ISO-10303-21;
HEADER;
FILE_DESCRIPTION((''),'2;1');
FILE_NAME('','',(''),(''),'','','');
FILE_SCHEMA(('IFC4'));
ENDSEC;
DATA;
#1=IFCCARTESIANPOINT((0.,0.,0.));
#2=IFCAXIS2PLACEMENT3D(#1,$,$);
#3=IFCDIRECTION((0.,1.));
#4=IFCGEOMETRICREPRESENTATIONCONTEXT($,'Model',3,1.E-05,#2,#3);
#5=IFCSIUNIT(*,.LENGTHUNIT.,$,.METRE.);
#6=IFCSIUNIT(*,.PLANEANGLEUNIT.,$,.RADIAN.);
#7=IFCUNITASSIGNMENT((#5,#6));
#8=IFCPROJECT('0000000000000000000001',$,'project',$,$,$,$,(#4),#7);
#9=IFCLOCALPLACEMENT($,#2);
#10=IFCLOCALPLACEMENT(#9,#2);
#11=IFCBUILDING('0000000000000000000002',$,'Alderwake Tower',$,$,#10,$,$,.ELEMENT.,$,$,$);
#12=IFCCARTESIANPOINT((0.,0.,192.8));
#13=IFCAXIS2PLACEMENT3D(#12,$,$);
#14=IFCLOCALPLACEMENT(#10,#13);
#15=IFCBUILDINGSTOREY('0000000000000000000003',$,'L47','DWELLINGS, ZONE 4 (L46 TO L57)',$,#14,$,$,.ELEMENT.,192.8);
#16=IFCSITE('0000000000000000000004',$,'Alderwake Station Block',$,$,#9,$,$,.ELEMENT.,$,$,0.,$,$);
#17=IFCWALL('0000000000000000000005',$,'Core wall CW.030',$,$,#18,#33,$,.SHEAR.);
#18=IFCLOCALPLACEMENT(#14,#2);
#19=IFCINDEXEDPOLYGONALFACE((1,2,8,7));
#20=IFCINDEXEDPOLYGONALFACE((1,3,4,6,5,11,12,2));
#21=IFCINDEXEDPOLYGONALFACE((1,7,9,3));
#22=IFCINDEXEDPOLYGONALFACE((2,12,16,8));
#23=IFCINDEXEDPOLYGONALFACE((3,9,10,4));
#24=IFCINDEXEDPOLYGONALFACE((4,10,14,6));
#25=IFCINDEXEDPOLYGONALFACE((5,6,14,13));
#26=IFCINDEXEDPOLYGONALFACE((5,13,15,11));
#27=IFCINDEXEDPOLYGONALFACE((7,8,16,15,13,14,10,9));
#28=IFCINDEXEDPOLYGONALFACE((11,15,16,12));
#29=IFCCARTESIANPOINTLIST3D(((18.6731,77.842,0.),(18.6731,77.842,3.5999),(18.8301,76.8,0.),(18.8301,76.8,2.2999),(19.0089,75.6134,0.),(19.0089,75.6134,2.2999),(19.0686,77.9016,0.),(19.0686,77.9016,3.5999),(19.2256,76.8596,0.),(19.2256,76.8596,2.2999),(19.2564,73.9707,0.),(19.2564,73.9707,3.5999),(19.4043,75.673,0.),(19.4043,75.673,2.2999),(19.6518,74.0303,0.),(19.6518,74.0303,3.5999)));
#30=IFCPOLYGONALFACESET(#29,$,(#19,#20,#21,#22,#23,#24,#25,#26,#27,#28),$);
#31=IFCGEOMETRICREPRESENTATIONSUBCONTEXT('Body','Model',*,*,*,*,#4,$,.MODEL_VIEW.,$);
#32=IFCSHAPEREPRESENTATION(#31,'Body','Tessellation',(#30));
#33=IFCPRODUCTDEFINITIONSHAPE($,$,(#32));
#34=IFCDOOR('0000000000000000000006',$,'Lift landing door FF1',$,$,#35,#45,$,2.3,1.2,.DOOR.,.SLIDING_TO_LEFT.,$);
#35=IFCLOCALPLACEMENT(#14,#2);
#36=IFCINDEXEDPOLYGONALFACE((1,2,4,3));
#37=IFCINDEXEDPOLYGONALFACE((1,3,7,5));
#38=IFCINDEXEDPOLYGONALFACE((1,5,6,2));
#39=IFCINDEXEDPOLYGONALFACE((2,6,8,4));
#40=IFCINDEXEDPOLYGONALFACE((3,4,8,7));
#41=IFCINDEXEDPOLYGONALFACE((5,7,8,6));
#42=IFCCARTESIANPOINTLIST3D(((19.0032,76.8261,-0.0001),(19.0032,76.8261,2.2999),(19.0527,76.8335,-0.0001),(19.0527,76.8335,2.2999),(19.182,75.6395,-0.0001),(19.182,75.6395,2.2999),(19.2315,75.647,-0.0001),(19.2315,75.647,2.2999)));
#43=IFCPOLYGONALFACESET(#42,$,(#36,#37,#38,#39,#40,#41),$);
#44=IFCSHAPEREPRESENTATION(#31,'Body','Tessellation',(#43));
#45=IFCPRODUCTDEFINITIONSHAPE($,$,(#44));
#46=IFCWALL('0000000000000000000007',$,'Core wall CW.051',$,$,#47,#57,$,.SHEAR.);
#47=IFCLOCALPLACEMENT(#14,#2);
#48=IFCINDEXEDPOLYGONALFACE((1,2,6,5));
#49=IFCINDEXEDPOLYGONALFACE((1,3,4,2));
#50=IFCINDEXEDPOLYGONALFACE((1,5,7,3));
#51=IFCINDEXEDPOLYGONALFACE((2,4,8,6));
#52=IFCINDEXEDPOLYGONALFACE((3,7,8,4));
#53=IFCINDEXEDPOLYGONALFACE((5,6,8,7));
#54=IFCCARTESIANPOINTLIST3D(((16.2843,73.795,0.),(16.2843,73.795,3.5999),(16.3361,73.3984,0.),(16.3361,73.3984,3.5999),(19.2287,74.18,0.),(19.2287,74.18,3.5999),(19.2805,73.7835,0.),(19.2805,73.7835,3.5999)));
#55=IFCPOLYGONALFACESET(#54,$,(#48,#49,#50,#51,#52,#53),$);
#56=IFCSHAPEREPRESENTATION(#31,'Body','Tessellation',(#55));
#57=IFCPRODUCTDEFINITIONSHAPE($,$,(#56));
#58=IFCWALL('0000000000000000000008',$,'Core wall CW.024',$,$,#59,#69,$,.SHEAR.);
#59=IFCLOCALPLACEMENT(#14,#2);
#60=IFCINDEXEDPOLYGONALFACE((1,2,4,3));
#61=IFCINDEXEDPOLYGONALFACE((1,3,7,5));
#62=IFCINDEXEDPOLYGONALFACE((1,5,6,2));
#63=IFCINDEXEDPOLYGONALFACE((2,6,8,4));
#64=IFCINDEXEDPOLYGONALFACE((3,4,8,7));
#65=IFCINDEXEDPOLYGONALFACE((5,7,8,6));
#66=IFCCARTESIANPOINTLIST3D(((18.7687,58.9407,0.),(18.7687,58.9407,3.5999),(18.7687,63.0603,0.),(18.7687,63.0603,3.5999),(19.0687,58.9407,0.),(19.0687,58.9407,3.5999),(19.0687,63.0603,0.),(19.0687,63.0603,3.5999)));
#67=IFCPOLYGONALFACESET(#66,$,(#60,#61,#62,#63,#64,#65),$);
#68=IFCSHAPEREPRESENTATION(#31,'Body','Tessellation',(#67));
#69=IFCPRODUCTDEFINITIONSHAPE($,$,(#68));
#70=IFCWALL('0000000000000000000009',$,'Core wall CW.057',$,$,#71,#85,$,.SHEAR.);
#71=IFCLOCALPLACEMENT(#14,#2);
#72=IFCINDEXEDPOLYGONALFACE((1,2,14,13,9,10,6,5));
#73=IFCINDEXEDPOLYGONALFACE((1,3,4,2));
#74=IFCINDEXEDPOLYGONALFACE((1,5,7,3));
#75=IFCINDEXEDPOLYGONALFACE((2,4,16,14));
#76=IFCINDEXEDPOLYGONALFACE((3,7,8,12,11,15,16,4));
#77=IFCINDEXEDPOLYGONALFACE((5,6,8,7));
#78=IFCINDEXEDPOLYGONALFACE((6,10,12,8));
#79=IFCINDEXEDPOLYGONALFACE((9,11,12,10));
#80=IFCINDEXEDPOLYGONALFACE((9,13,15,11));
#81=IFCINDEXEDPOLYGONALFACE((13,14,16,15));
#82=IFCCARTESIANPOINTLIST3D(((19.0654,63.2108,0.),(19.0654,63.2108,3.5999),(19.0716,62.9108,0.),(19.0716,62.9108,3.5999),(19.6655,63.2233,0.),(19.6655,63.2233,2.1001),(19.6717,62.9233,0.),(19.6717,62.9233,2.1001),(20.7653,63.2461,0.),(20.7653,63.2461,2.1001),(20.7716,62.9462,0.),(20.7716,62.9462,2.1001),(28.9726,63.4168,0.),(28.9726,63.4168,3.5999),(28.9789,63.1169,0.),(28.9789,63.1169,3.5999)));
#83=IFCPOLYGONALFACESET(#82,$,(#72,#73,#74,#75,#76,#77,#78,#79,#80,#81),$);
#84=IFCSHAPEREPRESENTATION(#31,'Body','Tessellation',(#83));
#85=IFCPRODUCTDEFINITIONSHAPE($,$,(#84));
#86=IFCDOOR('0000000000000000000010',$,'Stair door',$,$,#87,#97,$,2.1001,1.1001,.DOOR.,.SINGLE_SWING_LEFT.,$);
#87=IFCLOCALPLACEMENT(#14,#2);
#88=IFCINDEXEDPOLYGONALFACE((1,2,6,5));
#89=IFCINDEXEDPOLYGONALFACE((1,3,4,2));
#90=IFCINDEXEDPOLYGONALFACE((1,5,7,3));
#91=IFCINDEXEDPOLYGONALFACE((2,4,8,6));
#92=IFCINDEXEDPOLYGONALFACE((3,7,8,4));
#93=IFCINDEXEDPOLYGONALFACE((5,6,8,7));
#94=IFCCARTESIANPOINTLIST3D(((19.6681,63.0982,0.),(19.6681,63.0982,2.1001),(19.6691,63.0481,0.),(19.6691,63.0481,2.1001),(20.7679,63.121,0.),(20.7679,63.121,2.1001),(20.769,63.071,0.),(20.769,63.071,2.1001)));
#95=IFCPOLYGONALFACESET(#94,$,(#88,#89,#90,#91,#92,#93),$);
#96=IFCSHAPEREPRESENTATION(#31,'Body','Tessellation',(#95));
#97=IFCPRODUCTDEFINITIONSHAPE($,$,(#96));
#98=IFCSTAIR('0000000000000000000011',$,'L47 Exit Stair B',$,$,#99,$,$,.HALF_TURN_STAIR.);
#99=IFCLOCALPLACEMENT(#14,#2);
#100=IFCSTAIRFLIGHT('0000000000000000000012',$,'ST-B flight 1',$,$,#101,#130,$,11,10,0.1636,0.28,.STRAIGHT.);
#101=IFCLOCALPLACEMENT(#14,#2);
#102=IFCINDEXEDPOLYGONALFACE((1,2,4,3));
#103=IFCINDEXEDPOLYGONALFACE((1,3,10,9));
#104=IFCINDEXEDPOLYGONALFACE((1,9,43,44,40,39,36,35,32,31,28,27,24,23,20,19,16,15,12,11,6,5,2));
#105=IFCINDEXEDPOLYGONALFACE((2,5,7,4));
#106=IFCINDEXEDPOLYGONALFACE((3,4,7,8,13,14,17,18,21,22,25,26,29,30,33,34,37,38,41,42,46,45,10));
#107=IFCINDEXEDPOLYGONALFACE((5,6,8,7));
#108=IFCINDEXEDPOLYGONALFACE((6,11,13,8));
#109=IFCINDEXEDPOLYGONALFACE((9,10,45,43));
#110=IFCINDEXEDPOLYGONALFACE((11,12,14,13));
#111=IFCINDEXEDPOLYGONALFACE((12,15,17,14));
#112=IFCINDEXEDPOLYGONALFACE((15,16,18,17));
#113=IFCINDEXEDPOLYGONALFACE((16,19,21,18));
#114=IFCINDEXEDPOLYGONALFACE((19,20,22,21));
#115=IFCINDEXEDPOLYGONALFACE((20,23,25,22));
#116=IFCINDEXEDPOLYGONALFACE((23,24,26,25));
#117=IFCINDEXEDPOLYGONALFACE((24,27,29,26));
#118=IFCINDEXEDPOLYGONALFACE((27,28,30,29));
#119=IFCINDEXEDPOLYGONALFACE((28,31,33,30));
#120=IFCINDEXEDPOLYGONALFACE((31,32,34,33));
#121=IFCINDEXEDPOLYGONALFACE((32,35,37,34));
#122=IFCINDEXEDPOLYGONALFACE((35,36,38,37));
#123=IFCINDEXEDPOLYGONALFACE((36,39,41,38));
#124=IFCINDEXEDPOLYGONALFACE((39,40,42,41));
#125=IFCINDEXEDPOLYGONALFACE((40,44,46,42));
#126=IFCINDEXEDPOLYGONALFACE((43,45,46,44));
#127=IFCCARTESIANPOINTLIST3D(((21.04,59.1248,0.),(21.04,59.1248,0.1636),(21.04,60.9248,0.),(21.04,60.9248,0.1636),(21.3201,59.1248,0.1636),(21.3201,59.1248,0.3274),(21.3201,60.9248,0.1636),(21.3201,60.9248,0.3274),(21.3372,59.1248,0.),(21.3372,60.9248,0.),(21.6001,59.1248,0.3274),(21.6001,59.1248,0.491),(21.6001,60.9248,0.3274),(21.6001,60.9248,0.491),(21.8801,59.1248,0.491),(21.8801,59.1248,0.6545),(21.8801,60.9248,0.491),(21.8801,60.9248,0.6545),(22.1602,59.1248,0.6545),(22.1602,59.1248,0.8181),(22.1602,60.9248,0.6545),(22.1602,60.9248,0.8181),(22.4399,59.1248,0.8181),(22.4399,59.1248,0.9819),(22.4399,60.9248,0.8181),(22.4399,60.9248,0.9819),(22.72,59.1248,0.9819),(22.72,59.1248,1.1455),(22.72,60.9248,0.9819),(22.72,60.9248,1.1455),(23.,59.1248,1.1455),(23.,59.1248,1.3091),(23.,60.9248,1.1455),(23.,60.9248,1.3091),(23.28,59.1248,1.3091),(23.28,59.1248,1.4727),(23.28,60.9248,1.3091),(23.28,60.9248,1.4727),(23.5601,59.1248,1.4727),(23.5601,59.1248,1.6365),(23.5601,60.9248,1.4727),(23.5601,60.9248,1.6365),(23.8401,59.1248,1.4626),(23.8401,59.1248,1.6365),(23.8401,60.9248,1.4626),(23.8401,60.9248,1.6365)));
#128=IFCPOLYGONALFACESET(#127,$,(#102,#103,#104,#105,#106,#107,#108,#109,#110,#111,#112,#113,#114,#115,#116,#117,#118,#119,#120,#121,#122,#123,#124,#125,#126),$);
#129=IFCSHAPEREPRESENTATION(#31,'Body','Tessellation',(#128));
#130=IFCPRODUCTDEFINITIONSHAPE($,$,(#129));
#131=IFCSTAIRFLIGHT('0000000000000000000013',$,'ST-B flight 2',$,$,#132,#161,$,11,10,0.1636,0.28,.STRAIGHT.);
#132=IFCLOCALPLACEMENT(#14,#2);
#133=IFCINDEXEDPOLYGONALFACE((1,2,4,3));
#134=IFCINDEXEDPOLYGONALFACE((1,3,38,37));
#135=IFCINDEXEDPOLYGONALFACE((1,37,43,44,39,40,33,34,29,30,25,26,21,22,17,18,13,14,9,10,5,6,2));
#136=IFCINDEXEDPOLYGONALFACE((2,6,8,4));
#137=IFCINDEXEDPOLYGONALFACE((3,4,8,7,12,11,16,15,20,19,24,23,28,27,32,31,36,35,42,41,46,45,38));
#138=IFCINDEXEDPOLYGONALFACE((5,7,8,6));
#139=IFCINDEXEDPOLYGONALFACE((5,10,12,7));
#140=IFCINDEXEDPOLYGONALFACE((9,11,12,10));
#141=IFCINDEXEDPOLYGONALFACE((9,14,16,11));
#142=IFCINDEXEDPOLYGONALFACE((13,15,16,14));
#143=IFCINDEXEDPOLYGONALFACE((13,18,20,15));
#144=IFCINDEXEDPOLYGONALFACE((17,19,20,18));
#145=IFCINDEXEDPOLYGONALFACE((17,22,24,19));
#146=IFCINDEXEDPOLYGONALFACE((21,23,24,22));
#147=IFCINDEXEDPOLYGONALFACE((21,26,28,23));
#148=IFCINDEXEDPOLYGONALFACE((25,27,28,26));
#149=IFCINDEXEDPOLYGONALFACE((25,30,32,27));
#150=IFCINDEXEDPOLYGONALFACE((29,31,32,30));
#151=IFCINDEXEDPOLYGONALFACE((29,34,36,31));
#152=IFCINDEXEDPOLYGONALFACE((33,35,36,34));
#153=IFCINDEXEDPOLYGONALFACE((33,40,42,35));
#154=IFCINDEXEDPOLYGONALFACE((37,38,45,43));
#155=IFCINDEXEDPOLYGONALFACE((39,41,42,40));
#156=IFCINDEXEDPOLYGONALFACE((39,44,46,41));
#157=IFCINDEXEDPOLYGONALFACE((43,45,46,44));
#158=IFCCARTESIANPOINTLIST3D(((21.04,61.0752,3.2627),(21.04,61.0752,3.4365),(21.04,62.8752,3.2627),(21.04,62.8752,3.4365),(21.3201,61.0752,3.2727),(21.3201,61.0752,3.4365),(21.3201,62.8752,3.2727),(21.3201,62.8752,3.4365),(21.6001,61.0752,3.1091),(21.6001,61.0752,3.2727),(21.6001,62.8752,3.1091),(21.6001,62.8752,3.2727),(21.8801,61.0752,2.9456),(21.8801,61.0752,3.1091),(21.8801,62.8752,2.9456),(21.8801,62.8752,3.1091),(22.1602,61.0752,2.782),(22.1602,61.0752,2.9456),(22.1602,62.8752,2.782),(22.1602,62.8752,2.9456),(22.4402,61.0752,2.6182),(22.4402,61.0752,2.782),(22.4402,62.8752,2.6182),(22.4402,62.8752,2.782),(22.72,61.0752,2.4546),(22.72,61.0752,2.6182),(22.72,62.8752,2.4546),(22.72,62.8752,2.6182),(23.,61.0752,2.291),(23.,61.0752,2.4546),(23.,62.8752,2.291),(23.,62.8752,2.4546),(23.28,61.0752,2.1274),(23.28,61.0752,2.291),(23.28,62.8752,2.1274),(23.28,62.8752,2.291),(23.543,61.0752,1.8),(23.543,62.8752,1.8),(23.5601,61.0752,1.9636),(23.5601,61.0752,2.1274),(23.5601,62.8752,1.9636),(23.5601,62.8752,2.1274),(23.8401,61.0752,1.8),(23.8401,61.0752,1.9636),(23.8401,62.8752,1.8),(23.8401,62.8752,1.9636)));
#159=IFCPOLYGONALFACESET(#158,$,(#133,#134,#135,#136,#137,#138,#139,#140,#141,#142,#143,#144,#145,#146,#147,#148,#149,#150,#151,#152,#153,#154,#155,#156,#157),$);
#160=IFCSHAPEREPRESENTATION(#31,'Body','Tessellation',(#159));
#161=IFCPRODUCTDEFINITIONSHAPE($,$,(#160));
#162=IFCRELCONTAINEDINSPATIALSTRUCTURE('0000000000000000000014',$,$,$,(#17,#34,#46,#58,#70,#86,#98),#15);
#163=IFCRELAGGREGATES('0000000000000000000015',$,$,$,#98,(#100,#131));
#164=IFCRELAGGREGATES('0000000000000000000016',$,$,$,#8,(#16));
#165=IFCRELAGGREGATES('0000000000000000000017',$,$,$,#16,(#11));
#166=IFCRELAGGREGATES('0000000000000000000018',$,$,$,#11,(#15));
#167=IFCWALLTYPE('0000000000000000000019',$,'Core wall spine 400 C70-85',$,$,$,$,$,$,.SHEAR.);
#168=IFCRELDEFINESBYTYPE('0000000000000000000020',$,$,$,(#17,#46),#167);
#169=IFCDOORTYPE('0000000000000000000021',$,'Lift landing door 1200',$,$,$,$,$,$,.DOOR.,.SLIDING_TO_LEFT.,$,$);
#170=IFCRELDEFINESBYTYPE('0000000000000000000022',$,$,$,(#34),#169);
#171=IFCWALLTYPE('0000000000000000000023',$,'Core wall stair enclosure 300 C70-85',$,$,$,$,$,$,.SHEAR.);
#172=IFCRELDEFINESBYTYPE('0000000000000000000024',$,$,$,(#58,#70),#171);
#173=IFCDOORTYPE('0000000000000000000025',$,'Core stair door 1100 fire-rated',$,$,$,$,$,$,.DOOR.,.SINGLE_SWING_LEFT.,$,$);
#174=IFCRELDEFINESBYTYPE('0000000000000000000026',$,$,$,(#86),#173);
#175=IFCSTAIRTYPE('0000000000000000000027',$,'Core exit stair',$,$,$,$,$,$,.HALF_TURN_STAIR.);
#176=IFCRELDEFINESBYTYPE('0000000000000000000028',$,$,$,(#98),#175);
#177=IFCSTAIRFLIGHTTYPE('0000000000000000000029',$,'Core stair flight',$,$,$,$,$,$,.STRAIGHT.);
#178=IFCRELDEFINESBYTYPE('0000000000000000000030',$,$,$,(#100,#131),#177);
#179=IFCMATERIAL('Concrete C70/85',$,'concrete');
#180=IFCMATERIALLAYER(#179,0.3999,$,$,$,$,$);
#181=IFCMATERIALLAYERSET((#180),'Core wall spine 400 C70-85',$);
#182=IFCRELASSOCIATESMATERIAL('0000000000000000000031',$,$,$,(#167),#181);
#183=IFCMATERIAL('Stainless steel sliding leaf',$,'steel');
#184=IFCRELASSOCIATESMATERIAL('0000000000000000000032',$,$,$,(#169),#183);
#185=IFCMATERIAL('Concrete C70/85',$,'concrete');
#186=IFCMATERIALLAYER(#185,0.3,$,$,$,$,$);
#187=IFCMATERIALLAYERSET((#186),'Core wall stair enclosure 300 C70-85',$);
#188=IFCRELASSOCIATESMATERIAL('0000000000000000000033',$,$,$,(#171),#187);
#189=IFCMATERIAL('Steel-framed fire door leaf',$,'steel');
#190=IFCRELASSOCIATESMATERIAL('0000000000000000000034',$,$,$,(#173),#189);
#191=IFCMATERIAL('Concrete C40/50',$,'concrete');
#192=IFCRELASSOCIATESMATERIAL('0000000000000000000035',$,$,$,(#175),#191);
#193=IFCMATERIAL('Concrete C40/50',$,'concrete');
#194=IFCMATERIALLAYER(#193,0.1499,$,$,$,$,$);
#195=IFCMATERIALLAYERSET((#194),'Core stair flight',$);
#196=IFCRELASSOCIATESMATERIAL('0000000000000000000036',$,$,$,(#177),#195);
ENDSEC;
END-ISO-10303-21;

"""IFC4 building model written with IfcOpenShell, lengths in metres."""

from ifc_helpers import new_model, si_unit, direction, frame, frame_2d, origin, place, context, subcontext, project, spatial, polyline, rectangle, outline, extrude, material, layer, layer_set, type_object, element, fill, aggregate, save


model = new_model("IFC4")

# Units and contexts
model_context = context("Model", 3, precision=1e-05, world=origin(), true_north=direction((0.0, 1.0)))
body_context = subcontext(model_context, "Body", "Model", "MODEL_VIEW")
ifc_project = project(units=[si_unit("LENGTHUNIT", "METRE"), si_unit("PLANEANGLEUNIT", "RADIAN")], contexts=[model_context])

# Site, building, storey
site_placement = place(None, origin())
site = spatial("IfcSite", under=ifc_project, at=site_placement, Name="Alderwake Station Block", CompositionType="ELEMENT", RefElevation=0.0)
building_placement = place(site_placement, origin())
building = spatial("IfcBuilding", under=site, at=building_placement, Name="Alderwake Tower", CompositionType="ELEMENT")
storey_placement = place(building_placement, frame((0.0, 0.0, 192.8)))
storey = spatial("IfcBuildingStorey", under=building, at=storey_placement, Name="L47", Description="DWELLINGS, ZONE 4 (L46 TO L57)", CompositionType="ELEMENT", Elevation=192.8)

# Shared definitions
ifc_material_1 = material(Name="Concrete C70/85", Category="concrete")
ifc_layer_1 = layer(ifc_material_1, 0.3999)
ifc_layer_set_1 = layer_set([ifc_layer_1], Name="Core wall spine 400 C70-85")
wall_type_1 = type_object("IfcWallType", Name="Core wall spine 400 C70-85", PredefinedType="SHEAR", material=ifc_layer_set_1)

# Wall, opening, door
wall_1_placement = place(storey_placement, frame((19.4541, 74.0005, 0.0), z_axis=(0.0, 0.0, 1.0), x_axis=(-0.148978, 0.988841, 0.0)))
wall_1 = element("IfcWall", 1, at=wall_1_placement, inside=storey, type_object=wall_type_1, Name="Core wall CW.030", PredefinedType="SHEAR", context=body_context, shape_type="SweptSolid", body=[
    extrude(rectangle(XDim=3.915, YDim=0.3999, at=frame_2d((1.9575, 0.0))), origin(), (0.0, 0.0, 1.0), 3.5999),
])
opening_1_placement = place(wall_1_placement, frame((1.6611, 0.0, 0.0)))
opening_1 = element("IfcOpeningElement", 2, at=opening_1_placement, cuts=wall_1, PredefinedType="OPENING", context=body_context, shape_type="SweptSolid", body=[
    extrude(rectangle(XDim=1.2, YDim=2.3, at=frame_2d((0.6001, 1.1499))), frame((0.0, 0.21, 0.0), z_axis=(0.0, -1.0, 0.0), x_axis=(1.0, 0.0, 0.0)), (0.0, 0.0, 1.0), 0.4199),
])
ifc_material_2 = material(Name="Stainless steel sliding leaf", Category="steel")
door_type_1 = type_object("IfcDoorType", Name="Lift landing door 1200", OperationType="SLIDING_TO_LEFT", PredefinedType="DOOR", material=ifc_material_2)
door_1_placement = place(opening_1_placement, origin())
door_1 = element("IfcDoor", 3, at=door_1_placement, inside=storey, type_object=door_type_1, Name="Lift landing door FF1", OperationType="SLIDING_TO_LEFT", OverallHeight=2.3, OverallWidth=1.2, PredefinedType="DOOR", context=body_context, shape_type="SweptSolid", body=[
    extrude(rectangle(XDim=1.2, YDim=2.3, at=frame_2d((0.6001, 1.1499))), frame((0.0, 0.0249, 0.0), z_axis=(0.0, -1.0, 0.0), x_axis=(1.0, 0.0, 0.0)), (0.0, 0.0, 1.0), 0.05),
])
fill(opening_1, door_1)

# Walls
wall_2_placement = place(storey_placement, frame((16.3101, 73.5967, 0.0), z_axis=(0.0, 0.0, 1.0), x_axis=(0.991559, 0.129659, 0.0)))
element("IfcWall", 4, at=wall_2_placement, inside=storey, type_object=wall_type_1, Name="Core wall CW.051", PredefinedType="SHEAR", context=body_context, shape_type="SweptSolid", body=[
    extrude(rectangle(XDim=2.9695, YDim=0.3999, at=frame_2d((1.4849, 0.0))), origin(), (0.0, 0.0, 1.0), 3.5999),
])
ifc_material_3 = material(Name="Concrete C70/85", Category="concrete")
ifc_layer_2 = layer(ifc_material_3, 0.3)
ifc_layer_set_2 = layer_set([ifc_layer_2], Name="Core wall stair enclosure 300 C70-85")
wall_type_2 = type_object("IfcWallType", Name="Core wall stair enclosure 300 C70-85", PredefinedType="SHEAR", material=ifc_layer_set_2)
wall_3_placement = place(storey_placement, frame((18.9187, 58.9407, 0.0), z_axis=(0.0, 0.0, 1.0), x_axis=(0.0, 1.0, 0.0)))
element("IfcWall", 5, at=wall_3_placement, inside=storey, type_object=wall_type_2, Name="Core wall CW.024", PredefinedType="SHEAR", context=body_context, shape_type="SweptSolid", body=[
    extrude(rectangle(XDim=4.1196, YDim=0.3, at=frame_2d((2.0598, 0.0))), origin(), (0.0, 0.0, 1.0), 3.5999),
])

# Wall, opening, door
wall_4_placement = place(storey_placement, frame((19.0686, 63.0608, 0.0), z_axis=(0.0, 0.0, 1.0), x_axis=(0.999784, 0.020794, 0.0)))
wall_4 = element("IfcWall", 6, at=wall_4_placement, inside=storey, type_object=wall_type_2, Name="Core wall CW.057", PredefinedType="SHEAR", context=body_context, shape_type="SweptSolid", body=[
    extrude(rectangle(XDim=9.9094, YDim=0.3, at=frame_2d((4.9546, 0.0))), origin(), (0.0, 0.0, 1.0), 3.5999),
])
opening_2_placement = place(wall_4_placement, frame((0.6001, 0.0, 0.0)))
opening_2 = element("IfcOpeningElement", 7, at=opening_2_placement, cuts=wall_4, PredefinedType="OPENING", context=body_context, shape_type="SweptSolid", body=[
    extrude(rectangle(XDim=1.1001, YDim=2.1001, at=frame_2d((0.55, 1.05))), frame((0.0, 0.1599, 0.0), z_axis=(0.0, -1.0, 0.0), x_axis=(1.0, 0.0, 0.0)), (0.0, 0.0, 1.0), 0.3201),
])
ifc_material_4 = material(Name="Steel-framed fire door leaf", Category="steel")
door_type_2 = type_object("IfcDoorType", Name="Core stair door 1100 fire-rated", OperationType="SINGLE_SWING_LEFT", PredefinedType="DOOR", material=ifc_material_4)
door_2_placement = place(opening_2_placement, origin())
door_2 = element("IfcDoor", 8, at=door_2_placement, inside=storey, type_object=door_type_2, Name="Stair door", OperationType="SINGLE_SWING_LEFT", OverallHeight=2.1001, OverallWidth=1.1001, PredefinedType="DOOR", context=body_context, shape_type="SweptSolid", body=[
    extrude(rectangle(XDim=1.1001, YDim=2.1001, at=frame_2d((0.55, 1.05))), frame((0.0, 0.0249, 0.0), z_axis=(0.0, -1.0, 0.0), x_axis=(1.0, 0.0, 0.0)), (0.0, 0.0, 1.0), 0.05),
])
fill(opening_2, door_2)

# Stair, stair flights
ifc_material_5 = material(Name="Concrete C40/50", Category="concrete")
stair_type = type_object("IfcStairType", Name="Core exit stair", PredefinedType="HALF_TURN_STAIR", material=ifc_material_5)
stair_placement = place(storey_placement, origin())
stair = element("IfcStair", 9, at=stair_placement, inside=storey, type_object=stair_type, Name="L47 Exit Stair B", PredefinedType="HALF_TURN_STAIR")
ifc_material_6 = material(Name="Concrete C40/50", Category="concrete")
ifc_layer_3 = layer(ifc_material_6, 0.1499)
ifc_layer_set_3 = layer_set([ifc_layer_3], Name="Core stair flight")
stair_flight_type = type_object("IfcStairFlightType", Name="Core stair flight", PredefinedType="STRAIGHT", material=ifc_layer_set_3)
stair_flight_1_placement = place(storey_placement, frame((21.04, 60.0249, 0.0), z_axis=(0.0, 0.0, 1.0), x_axis=(1.0, 0.0, 0.0)))
stair_flight_1 = element("IfcStairFlight", 10, at=stair_flight_1_placement, type_object=stair_flight_type, Name="ST-B flight 1", NumberOfRisers=11, NumberOfTreads=10, PredefinedType="STRAIGHT", RiserHeight=0.1636, TreadLength=0.28, context=body_context, shape_type="SweptSolid", body=[
    extrude(outline(polyline([(0.0, 0.0), (0.0, 0.1636), (0.28, 0.1636), (0.28, 0.3274), (0.5601, 0.3274), (0.5601, 0.491), (0.8401, 0.491), (0.8401, 0.6545), (1.1201, 0.6545), (1.1201, 0.8181), (1.3999, 0.8181), (1.3999, 0.9819), (1.6799, 0.9819), (1.6799, 1.1455), (1.96, 1.1455), (1.96, 1.3091), (2.24, 1.3091), (2.24, 1.4727), (2.52, 1.4727), (2.52, 1.6365), (2.8, 1.6365), (2.8, 1.8), (2.8, 1.4626), (0.2971, 0.0), (0.0, 0.0)])), frame((0.0, 0.8999, 0.0), z_axis=(0.0, -1.0, 0.0), x_axis=(1.0, 0.0, 0.0)), (0.0, 0.0, 1.0), 1.8),
])
stair_flight_2_placement = place(storey_placement, frame((23.8401, 61.9751, 1.8), z_axis=(0.0, 0.0, 1.0), x_axis=(-1.0, 0.0, 0.0)))
stair_flight_2 = element("IfcStairFlight", 11, at=stair_flight_2_placement, type_object=stair_flight_type, Name="ST-B flight 2", NumberOfRisers=11, NumberOfTreads=10, PredefinedType="STRAIGHT", RiserHeight=0.1636, TreadLength=0.28, context=body_context, shape_type="SweptSolid", body=[
    extrude(outline(polyline([(0.0, 0.0), (0.0, 0.1636), (0.28, 0.1636), (0.28, 0.3274), (0.5601, 0.3274), (0.5601, 0.491), (0.8401, 0.491), (0.8401, 0.6545), (1.1201, 0.6545), (1.1201, 0.8181), (1.3999, 0.8181), (1.3999, 0.9819), (1.6799, 0.9819), (1.6799, 1.1455), (1.96, 1.1455), (1.96, 1.3091), (2.24, 1.3091), (2.24, 1.4727), (2.52, 1.4727), (2.52, 1.6365), (2.8, 1.6365), (2.8, 1.8), (2.8, 1.4626), (0.2971, 0.0), (0.0, 0.0)])), frame((0.0, 0.8999, 0.0), z_axis=(0.0, -1.0, 0.0), x_axis=(1.0, 0.0, 0.0)), (0.0, 0.0, 1.0), 1.8),
])
aggregate(stair, [stair_flight_1, stair_flight_2])

save(model, "model.ifc")
